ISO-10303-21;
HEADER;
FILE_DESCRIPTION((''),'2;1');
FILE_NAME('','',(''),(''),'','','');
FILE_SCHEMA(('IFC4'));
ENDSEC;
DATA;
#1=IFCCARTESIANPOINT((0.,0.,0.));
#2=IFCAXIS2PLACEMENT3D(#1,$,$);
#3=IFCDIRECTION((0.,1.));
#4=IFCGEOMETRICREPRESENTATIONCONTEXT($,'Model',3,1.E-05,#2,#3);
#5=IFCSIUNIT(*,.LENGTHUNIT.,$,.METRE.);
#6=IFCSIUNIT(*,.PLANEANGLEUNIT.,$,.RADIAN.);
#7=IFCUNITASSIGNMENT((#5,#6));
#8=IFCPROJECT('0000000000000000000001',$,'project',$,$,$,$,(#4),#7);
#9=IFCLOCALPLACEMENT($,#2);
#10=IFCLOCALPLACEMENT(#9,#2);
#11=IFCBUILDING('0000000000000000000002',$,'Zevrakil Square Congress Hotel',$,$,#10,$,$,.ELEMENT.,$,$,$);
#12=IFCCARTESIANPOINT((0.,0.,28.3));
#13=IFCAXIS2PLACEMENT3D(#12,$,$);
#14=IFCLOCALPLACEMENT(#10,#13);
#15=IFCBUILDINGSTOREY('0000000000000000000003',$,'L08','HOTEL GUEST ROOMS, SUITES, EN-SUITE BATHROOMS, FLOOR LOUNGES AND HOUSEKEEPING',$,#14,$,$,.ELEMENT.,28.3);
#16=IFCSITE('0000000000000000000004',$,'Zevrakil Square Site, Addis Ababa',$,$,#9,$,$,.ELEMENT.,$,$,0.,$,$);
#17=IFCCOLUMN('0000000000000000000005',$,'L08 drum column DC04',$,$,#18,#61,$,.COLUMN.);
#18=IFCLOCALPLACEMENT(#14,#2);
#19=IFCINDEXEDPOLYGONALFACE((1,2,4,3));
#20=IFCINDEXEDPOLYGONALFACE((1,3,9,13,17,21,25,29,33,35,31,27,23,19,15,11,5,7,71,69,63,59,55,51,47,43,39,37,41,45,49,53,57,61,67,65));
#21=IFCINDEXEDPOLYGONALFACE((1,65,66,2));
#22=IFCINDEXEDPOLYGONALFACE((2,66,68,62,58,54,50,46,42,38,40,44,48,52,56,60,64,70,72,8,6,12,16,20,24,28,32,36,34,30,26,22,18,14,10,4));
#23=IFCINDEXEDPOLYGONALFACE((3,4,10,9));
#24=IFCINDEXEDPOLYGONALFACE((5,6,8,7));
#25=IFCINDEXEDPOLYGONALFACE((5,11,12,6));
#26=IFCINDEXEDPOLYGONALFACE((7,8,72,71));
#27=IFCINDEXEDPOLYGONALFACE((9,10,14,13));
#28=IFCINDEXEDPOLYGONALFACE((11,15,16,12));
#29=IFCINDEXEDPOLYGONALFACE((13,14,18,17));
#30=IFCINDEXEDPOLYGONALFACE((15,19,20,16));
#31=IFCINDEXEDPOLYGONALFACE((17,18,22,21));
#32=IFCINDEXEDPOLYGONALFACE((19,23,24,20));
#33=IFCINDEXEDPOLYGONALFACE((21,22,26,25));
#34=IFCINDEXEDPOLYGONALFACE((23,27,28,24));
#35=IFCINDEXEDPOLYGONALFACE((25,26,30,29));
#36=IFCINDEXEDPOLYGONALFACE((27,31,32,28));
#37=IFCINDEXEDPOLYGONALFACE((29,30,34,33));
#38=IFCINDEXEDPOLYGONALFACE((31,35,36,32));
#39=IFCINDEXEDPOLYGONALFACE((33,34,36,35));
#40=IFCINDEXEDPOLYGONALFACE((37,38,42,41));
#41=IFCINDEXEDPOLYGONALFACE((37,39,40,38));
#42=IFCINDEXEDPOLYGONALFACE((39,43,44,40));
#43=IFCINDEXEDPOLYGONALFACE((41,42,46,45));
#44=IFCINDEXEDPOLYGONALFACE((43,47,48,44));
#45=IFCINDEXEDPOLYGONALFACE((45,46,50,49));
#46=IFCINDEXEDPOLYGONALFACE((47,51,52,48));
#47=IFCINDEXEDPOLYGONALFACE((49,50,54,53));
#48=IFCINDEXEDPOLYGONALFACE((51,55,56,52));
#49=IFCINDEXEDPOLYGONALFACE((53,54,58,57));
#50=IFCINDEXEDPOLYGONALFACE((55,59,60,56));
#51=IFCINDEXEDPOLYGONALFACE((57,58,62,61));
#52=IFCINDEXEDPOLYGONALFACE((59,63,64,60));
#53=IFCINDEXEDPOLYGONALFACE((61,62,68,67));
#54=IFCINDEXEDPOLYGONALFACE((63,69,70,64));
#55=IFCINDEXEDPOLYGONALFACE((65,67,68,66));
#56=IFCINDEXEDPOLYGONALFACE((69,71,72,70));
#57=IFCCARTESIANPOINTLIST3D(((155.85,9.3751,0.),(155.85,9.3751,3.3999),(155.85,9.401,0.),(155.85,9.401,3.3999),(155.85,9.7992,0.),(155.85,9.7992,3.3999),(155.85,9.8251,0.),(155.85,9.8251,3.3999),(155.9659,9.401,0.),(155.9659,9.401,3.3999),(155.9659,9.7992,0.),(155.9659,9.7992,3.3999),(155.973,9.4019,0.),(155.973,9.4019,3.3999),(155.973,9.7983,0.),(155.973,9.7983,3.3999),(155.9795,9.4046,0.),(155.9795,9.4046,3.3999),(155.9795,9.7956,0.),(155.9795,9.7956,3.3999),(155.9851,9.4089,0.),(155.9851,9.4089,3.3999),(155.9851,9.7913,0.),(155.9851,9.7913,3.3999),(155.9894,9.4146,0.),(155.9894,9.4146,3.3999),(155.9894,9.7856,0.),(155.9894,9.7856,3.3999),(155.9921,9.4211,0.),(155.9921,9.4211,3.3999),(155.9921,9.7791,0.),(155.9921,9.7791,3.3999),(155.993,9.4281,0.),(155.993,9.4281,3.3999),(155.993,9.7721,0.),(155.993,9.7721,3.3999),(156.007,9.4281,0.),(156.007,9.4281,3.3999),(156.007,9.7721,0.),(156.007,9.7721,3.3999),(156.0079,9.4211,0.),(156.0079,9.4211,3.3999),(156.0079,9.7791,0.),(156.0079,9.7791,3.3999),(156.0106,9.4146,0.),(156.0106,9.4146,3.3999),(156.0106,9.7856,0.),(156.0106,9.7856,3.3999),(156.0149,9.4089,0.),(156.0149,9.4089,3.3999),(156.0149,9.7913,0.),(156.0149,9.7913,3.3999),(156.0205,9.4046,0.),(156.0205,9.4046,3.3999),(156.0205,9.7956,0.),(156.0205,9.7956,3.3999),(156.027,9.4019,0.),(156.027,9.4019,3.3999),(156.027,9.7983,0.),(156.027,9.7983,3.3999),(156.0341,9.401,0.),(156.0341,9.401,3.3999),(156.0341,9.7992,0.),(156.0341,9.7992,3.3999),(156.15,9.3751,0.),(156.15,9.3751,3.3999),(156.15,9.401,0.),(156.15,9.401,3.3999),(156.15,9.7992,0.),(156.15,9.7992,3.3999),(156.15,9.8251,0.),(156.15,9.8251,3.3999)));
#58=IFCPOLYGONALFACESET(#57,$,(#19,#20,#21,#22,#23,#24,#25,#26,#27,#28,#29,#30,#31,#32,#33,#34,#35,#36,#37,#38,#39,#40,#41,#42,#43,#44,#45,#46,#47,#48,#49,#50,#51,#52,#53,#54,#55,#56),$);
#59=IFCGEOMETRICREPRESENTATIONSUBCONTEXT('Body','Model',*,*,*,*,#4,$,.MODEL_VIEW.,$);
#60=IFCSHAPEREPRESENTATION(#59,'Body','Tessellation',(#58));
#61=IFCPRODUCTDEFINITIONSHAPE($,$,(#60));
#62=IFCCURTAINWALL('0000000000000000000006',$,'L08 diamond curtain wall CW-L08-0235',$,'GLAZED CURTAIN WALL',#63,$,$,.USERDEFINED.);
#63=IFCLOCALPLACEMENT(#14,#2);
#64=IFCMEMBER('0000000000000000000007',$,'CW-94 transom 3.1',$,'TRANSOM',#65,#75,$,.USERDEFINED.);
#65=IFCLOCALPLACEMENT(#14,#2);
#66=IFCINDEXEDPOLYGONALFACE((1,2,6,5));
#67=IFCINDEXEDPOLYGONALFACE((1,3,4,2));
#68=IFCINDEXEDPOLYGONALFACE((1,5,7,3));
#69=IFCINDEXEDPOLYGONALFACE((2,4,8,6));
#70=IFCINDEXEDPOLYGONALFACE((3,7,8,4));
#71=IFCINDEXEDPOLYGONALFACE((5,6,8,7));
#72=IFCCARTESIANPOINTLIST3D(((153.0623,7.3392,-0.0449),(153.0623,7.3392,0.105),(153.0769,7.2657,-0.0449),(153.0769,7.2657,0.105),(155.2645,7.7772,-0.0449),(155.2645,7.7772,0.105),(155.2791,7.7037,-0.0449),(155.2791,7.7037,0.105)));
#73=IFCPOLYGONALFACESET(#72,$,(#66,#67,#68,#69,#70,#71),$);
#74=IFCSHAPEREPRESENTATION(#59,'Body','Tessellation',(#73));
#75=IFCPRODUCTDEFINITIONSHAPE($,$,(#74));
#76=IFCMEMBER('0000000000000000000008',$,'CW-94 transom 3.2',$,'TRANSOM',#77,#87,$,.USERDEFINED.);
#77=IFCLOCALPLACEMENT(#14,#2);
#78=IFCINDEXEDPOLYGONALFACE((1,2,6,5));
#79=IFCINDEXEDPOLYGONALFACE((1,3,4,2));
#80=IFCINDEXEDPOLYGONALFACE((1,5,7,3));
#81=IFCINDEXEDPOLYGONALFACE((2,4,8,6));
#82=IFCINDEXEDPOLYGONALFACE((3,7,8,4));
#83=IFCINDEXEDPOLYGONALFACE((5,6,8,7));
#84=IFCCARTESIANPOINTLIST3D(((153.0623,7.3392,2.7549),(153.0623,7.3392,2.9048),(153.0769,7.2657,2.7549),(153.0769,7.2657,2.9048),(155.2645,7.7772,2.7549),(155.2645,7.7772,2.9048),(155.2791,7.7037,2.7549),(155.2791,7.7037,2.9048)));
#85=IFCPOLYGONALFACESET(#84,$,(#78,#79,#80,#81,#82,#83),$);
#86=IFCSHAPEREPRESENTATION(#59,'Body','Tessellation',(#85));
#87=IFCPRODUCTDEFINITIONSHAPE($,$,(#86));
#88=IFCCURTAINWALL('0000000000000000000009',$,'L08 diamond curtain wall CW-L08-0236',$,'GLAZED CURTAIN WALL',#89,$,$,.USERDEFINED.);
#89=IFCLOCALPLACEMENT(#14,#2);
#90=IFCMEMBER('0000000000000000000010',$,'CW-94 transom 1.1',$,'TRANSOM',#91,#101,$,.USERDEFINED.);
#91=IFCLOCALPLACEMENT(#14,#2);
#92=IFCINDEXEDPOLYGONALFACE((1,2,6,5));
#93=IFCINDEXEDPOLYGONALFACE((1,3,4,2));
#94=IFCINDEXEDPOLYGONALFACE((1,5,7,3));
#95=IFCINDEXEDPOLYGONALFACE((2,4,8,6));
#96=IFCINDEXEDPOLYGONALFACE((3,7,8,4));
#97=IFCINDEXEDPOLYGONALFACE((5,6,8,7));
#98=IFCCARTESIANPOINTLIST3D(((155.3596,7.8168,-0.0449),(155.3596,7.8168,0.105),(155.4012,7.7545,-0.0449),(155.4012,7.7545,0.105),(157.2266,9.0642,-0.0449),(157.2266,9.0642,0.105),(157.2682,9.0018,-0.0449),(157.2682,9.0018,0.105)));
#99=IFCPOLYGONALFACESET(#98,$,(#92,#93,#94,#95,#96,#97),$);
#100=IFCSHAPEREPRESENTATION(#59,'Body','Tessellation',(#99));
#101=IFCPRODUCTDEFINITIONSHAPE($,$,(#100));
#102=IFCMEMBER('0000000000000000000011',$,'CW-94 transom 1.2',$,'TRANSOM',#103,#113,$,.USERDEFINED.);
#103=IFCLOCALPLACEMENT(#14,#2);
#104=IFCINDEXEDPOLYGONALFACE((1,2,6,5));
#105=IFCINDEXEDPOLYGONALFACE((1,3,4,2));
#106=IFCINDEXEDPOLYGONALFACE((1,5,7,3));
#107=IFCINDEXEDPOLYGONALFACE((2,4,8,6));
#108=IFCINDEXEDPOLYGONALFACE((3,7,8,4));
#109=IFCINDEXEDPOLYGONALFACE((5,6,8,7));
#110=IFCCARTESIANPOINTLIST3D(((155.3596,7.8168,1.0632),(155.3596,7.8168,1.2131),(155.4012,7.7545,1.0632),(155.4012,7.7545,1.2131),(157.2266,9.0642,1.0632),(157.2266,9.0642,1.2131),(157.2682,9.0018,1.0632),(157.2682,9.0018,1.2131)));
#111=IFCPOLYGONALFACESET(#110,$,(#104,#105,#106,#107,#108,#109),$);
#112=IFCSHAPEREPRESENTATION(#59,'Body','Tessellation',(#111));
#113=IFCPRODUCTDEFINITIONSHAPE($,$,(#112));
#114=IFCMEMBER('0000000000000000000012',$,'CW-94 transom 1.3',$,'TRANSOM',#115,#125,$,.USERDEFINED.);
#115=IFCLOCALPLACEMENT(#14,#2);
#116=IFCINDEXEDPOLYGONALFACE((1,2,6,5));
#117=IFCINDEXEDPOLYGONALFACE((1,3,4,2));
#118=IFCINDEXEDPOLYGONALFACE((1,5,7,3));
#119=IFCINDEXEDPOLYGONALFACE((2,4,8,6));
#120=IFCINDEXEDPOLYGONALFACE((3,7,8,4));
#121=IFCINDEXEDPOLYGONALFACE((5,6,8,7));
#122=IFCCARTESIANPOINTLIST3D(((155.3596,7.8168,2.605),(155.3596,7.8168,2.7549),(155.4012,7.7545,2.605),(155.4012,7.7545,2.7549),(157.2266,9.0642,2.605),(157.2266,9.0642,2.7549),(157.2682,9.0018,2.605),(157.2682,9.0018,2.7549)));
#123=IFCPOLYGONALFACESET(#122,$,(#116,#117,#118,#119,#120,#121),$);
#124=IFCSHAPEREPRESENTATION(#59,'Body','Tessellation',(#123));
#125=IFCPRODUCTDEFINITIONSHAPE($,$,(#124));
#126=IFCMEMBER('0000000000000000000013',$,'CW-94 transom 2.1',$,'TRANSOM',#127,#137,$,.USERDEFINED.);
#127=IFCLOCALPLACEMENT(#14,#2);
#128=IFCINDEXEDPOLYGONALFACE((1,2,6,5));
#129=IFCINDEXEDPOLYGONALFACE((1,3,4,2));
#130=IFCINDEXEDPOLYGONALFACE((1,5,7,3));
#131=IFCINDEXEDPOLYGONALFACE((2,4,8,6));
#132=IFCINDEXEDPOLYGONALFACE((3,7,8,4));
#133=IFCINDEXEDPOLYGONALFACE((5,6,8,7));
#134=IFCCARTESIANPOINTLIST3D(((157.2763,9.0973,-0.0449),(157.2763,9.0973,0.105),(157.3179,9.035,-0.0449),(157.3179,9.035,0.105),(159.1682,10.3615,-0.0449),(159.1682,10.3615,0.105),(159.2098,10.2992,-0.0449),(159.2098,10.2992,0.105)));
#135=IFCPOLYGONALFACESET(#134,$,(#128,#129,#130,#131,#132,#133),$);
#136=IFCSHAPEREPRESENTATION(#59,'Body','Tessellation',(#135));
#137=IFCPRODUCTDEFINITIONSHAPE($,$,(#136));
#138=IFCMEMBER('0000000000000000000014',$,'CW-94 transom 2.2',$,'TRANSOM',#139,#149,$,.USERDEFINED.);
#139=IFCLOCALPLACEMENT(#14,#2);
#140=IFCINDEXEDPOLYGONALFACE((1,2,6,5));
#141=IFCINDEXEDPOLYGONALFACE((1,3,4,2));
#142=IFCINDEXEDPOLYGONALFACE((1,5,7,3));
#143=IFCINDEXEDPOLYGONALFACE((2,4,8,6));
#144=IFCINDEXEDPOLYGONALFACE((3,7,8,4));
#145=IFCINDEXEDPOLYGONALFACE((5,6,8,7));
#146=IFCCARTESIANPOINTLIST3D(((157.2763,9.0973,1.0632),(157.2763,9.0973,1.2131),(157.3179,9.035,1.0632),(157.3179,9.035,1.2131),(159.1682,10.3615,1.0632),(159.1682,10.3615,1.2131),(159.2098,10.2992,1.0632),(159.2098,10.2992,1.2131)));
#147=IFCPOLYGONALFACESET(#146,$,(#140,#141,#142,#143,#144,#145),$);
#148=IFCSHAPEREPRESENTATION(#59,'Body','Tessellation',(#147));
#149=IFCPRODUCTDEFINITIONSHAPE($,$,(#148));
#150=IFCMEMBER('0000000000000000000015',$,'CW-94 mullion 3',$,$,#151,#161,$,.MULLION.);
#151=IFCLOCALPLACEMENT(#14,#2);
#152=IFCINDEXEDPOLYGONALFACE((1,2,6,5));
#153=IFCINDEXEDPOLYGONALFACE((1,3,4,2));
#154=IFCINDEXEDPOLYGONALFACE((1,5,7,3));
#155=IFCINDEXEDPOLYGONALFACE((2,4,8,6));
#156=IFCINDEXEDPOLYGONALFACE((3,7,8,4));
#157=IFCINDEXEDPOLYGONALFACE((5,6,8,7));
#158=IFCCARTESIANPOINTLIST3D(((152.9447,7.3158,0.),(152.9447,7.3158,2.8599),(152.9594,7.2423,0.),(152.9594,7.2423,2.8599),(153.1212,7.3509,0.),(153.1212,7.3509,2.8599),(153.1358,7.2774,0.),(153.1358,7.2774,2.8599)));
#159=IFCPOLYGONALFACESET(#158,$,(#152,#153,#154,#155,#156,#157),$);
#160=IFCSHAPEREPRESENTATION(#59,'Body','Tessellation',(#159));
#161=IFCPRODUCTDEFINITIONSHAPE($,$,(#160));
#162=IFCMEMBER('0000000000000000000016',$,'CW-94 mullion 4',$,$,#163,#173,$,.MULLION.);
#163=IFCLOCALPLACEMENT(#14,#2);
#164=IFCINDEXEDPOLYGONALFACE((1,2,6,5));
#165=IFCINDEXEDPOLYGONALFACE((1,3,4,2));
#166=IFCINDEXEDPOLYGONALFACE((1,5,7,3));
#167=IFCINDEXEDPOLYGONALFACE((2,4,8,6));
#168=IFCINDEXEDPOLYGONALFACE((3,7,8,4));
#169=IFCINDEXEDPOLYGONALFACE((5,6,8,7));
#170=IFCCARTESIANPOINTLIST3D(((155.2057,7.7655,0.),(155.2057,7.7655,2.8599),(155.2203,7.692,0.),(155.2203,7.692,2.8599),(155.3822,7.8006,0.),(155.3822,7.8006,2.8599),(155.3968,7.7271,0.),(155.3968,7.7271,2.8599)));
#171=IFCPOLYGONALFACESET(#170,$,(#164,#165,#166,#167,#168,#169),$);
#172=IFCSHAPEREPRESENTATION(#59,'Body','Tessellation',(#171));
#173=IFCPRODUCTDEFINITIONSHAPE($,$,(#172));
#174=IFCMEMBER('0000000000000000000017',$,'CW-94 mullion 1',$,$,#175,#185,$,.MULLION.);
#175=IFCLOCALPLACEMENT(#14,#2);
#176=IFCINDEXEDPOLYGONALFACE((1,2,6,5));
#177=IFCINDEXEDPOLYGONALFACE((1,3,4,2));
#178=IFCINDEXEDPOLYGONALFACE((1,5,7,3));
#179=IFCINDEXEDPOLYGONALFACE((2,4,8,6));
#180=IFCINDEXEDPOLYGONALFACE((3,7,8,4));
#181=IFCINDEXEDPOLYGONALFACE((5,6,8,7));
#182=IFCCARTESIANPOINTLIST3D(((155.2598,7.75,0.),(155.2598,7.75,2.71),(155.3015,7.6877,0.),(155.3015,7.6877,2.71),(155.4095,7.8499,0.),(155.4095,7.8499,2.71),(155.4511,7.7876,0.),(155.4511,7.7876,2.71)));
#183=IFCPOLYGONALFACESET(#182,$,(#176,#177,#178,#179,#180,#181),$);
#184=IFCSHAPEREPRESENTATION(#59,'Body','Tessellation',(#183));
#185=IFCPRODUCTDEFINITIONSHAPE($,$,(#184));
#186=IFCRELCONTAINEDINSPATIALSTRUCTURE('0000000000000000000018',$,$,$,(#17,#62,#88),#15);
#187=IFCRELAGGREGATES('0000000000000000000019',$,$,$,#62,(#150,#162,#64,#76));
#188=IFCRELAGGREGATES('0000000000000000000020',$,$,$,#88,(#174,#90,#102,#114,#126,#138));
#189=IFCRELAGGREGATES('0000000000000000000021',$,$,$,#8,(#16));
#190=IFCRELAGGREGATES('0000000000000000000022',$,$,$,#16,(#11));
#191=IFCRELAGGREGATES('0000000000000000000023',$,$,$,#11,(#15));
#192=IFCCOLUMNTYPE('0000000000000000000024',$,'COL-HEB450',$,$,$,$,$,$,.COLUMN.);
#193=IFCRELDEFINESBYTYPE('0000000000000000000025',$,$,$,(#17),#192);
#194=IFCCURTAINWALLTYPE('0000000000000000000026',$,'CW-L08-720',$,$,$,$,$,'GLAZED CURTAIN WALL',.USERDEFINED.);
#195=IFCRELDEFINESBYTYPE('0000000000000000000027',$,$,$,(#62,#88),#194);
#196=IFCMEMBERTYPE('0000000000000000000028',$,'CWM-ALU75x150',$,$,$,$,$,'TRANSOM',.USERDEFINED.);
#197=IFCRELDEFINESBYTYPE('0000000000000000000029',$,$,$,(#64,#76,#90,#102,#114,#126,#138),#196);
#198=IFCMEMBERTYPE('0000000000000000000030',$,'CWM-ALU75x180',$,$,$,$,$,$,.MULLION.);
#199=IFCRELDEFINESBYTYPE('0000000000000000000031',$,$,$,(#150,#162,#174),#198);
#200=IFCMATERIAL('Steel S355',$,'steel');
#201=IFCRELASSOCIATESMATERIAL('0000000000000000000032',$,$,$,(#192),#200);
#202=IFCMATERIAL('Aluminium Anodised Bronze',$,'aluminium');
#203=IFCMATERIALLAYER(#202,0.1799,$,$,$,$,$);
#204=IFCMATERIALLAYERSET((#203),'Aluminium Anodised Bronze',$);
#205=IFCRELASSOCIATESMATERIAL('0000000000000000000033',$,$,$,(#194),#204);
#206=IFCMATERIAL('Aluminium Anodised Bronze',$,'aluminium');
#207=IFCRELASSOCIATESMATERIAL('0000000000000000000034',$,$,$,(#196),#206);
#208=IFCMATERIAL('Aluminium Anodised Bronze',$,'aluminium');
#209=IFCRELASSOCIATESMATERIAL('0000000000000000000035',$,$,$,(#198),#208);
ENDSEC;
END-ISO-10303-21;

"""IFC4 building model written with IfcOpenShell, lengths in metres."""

from ifc_helpers import new_model, si_unit, direction, frame, origin, origin_2d, place, context, subcontext, project, spatial, rectangle, i_section, extrude, material, layer, layer_set, material_profile, profile_set, type_object, element, aggregate, save


model = new_model("IFC4")

# Units and contexts
model_context = context("Model", 3, precision=1e-05, world=origin(), true_north=direction((0.0, 1.0)))
body_context = subcontext(model_context, "Body", "Model", "MODEL_VIEW")
ifc_project = project(units=[si_unit("LENGTHUNIT", "METRE"), si_unit("PLANEANGLEUNIT", "RADIAN")], contexts=[model_context])

# Site, building, storey
site_placement = place(None, origin())
site = spatial("IfcSite", under=ifc_project, at=site_placement, Name="Zevrakil Square Site, Addis Ababa", CompositionType="ELEMENT", RefElevation=0.0)
building_placement = place(site_placement, origin())
building = spatial("IfcBuilding", under=site, at=building_placement, Name="Zevrakil Square Congress Hotel", CompositionType="ELEMENT")
storey_placement = place(building_placement, frame((0.0, 0.0, 28.3)))
storey = spatial("IfcBuildingStorey", under=building, at=storey_placement, Name="L08", Description="HOTEL GUEST ROOMS, SUITES, EN-SUITE BATHROOMS, FLOOR LOUNGES AND HOUSEKEEPING", CompositionType="ELEMENT", Elevation=28.3)

# Column
ifc_material_1 = material(Name="Steel S355", Category="steel")
ifc_material_profile_1 = material_profile(ifc_material_1, i_section(OverallWidth=0.3, OverallDepth=0.45, WebThickness=0.0139, FlangeThickness=0.0259, FilletRadius=0.0271, at=origin_2d()), Name="HEB 450")
ifc_profile_set_1 = profile_set([ifc_material_profile_1], Name="Steel S355")
column_type = type_object("IfcColumnType", Name="COL-HEB450", PredefinedType="COLUMN", material=ifc_profile_set_1)
column_placement = place(storey_placement, frame((156.0, 9.6001, 0.0), z_axis=(0.0, 0.0, 1.0), x_axis=(1.0, 0.0, 0.0)))
element("IfcColumn", 1, at=column_placement, inside=storey, type_object=column_type, Name="L08 drum column DC04", PredefinedType="COLUMN", context=body_context, shape_type="SweptSolid", body=[
    extrude(i_section(OverallWidth=0.3, OverallDepth=0.45, WebThickness=0.0139, FlangeThickness=0.0259, FilletRadius=0.0271, at=origin_2d()), origin(), (0.0, 0.0, 1.0), 3.3999),
])

# Curtain walls, members
ifc_material_2 = material(Name="Aluminium Anodised Bronze", Category="aluminium")
ifc_layer_1 = layer(ifc_material_2, 0.1799)
ifc_layer_set_1 = layer_set([ifc_layer_1], Name="Aluminium Anodised Bronze")
curtain_wall_type = type_object("IfcCurtainWallType", Name="CW-L08-720", ElementType="GLAZED CURTAIN WALL", PredefinedType="USERDEFINED", material=ifc_layer_set_1)
curtain_wall_1_placement = place(storey_placement, origin())
curtain_wall_1 = element("IfcCurtainWall", 2, at=curtain_wall_1_placement, inside=storey, type_object=curtain_wall_type, Name="L08 diamond curtain wall CW-L08-0235", ObjectType="GLAZED CURTAIN WALL", PredefinedType="USERDEFINED")
ifc_material_3 = material(Name="Aluminium Anodised Bronze", Category="aluminium")
ifc_material_profile_2 = material_profile(ifc_material_3, rectangle(XDim=0.075, YDim=0.1499, at=origin_2d()), Name="ALU 75x150")
ifc_profile_set_2 = profile_set([ifc_material_profile_2], Name="Aluminium Anodised Bronze")
member_type_1 = type_object("IfcMemberType", Name="CWM-ALU75x150", ElementType="TRANSOM", PredefinedType="USERDEFINED", material=ifc_profile_set_2)
member_1_placement = place(storey_placement, frame((153.0696, 7.3025, 0.03), z_axis=(0.980789, 0.19507, 0.0), x_axis=(-0.19507, 0.980789, 0.0)))
member_1 = element("IfcMember", 3, at=member_1_placement, type_object=member_type_1, Name="CW-94 transom 3.1", ObjectType="TRANSOM", PredefinedType="USERDEFINED", context=body_context, shape_type="SweptSolid", body=[
    extrude(rectangle(XDim=0.075, YDim=0.1499, at=origin_2d()), origin(), (0.0, 0.0, 1.0), 2.2454),
])
member_2_placement = place(storey_placement, frame((153.0696, 7.3025, 2.8298), z_axis=(0.980789, 0.19507, 0.0), x_axis=(-0.19507, 0.980789, 0.0)))
member_2 = element("IfcMember", 4, at=member_2_placement, type_object=member_type_1, Name="CW-94 transom 3.2", ObjectType="TRANSOM", PredefinedType="USERDEFINED", context=body_context, shape_type="SweptSolid", body=[
    extrude(rectangle(XDim=0.075, YDim=0.1499, at=origin_2d()), origin(), (0.0, 0.0, 1.0), 2.2454),
])
curtain_wall_2_placement = place(storey_placement, origin())
curtain_wall_2 = element("IfcCurtainWall", 5, at=curtain_wall_2_placement, inside=storey, type_object=curtain_wall_type, Name="L08 diamond curtain wall CW-L08-0236", ObjectType="GLAZED CURTAIN WALL", PredefinedType="USERDEFINED")
member_3_placement = place(storey_placement, frame((155.3804, 7.7856, 0.03), z_axis=(0.831498, 0.555528, 0.0), x_axis=(-0.555528, 0.831498, 0.0)))
member_3 = element("IfcMember", 6, at=member_3_placement, type_object=member_type_1, Name="CW-94 transom 1.1", ObjectType="TRANSOM", PredefinedType="USERDEFINED", context=body_context, shape_type="SweptSolid", body=[
    extrude(rectangle(XDim=0.075, YDim=0.1499, at=origin_2d()), origin(), (0.0, 0.0, 1.0), 2.2454),
])
member_4_placement = place(storey_placement, frame((155.3804, 7.7856, 1.1382), z_axis=(0.831498, 0.555528, 0.0), x_axis=(-0.555528, 0.831498, 0.0)))
member_4 = element("IfcMember", 7, at=member_4_placement, type_object=member_type_1, Name="CW-94 transom 1.2", ObjectType="TRANSOM", PredefinedType="USERDEFINED", context=body_context, shape_type="SweptSolid", body=[
    extrude(rectangle(XDim=0.075, YDim=0.1499, at=origin_2d()), origin(), (0.0, 0.0, 1.0), 2.2454),
])
member_5_placement = place(storey_placement, frame((155.3804, 7.7856, 2.6799), z_axis=(0.831498, 0.555528, 0.0), x_axis=(-0.555528, 0.831498, 0.0)))
member_5 = element("IfcMember", 8, at=member_5_placement, type_object=member_type_1, Name="CW-94 transom 1.3", ObjectType="TRANSOM", PredefinedType="USERDEFINED", context=body_context, shape_type="SweptSolid", body=[
    extrude(rectangle(XDim=0.075, YDim=0.1499, at=origin_2d()), origin(), (0.0, 0.0, 1.0), 2.2454),
])
member_6_placement = place(storey_placement, frame((157.2971, 9.0662, 0.03), z_axis=(0.831456, 0.555591, 0.0), x_axis=(-0.555591, 0.831456, 0.0)))
member_6 = element("IfcMember", 9, at=member_6_placement, type_object=member_type_1, Name="CW-94 transom 2.1", ObjectType="TRANSOM", PredefinedType="USERDEFINED", context=body_context, shape_type="SweptSolid", body=[
    extrude(rectangle(XDim=0.075, YDim=0.1499, at=origin_2d()), origin(), (0.0, 0.0, 1.0), 2.2754),
])
member_7_placement = place(storey_placement, frame((157.2971, 9.0662, 1.1382), z_axis=(0.831456, 0.555591, 0.0), x_axis=(-0.555591, 0.831456, 0.0)))
member_7 = element("IfcMember", 10, at=member_7_placement, type_object=member_type_1, Name="CW-94 transom 2.2", ObjectType="TRANSOM", PredefinedType="USERDEFINED", context=body_context, shape_type="SweptSolid", body=[
    extrude(rectangle(XDim=0.075, YDim=0.1499, at=origin_2d()), origin(), (0.0, 0.0, 1.0), 2.2754),
])

# Members
ifc_material_4 = material(Name="Aluminium Anodised Bronze", Category="aluminium")
ifc_material_profile_3 = material_profile(ifc_material_4, rectangle(XDim=0.075, YDim=0.1799, at=origin_2d()), Name="ALU 75x180")
ifc_profile_set_3 = profile_set([ifc_material_profile_3], Name="Aluminium Anodised Bronze")
member_type_2 = type_object("IfcMemberType", Name="CWM-ALU75x180", PredefinedType="MULLION", material=ifc_profile_set_3)
member_8_placement = place(storey_placement, frame((153.0403, 7.2966, 0.0), z_axis=(0.0, 0.0, 1.0), x_axis=(-0.195084, 0.980787, 0.0)))
member_8 = element("IfcMember", 11, at=member_8_placement, type_object=member_type_2, Name="CW-94 mullion 3", PredefinedType="MULLION", context=body_context, shape_type="SweptSolid", body=[
    extrude(rectangle(XDim=0.075, YDim=0.1799, at=origin_2d()), origin(), (0.0, 0.0, 1.0), 2.8599),
])
member_9_placement = place(storey_placement, frame((155.3013, 7.7463, 0.0), z_axis=(0.0, 0.0, 1.0), x_axis=(-0.195084, 0.980787, 0.0)))
member_9 = element("IfcMember", 12, at=member_9_placement, type_object=member_type_2, Name="CW-94 mullion 4", PredefinedType="MULLION", context=body_context, shape_type="SweptSolid", body=[
    extrude(rectangle(XDim=0.075, YDim=0.1799, at=origin_2d()), origin(), (0.0, 0.0, 1.0), 2.8599),
])
member_10_placement = place(storey_placement, frame((155.3555, 7.7688, 0.0), z_axis=(0.0, 0.0, 1.0), x_axis=(-0.555576, 0.831466, 0.0)))
member_10 = element("IfcMember", 13, at=member_10_placement, type_object=member_type_2, Name="CW-94 mullion 1", PredefinedType="MULLION", context=body_context, shape_type="SweptSolid", body=[
    extrude(rectangle(XDim=0.075, YDim=0.1799, at=origin_2d()), origin(), (0.0, 0.0, 1.0), 2.71),
])

aggregate(curtain_wall_1, [member_8, member_9, member_1, member_2])
aggregate(curtain_wall_2, [member_10, member_3, member_4, member_5, member_6, member_7])

save(model, "model.ifc")
